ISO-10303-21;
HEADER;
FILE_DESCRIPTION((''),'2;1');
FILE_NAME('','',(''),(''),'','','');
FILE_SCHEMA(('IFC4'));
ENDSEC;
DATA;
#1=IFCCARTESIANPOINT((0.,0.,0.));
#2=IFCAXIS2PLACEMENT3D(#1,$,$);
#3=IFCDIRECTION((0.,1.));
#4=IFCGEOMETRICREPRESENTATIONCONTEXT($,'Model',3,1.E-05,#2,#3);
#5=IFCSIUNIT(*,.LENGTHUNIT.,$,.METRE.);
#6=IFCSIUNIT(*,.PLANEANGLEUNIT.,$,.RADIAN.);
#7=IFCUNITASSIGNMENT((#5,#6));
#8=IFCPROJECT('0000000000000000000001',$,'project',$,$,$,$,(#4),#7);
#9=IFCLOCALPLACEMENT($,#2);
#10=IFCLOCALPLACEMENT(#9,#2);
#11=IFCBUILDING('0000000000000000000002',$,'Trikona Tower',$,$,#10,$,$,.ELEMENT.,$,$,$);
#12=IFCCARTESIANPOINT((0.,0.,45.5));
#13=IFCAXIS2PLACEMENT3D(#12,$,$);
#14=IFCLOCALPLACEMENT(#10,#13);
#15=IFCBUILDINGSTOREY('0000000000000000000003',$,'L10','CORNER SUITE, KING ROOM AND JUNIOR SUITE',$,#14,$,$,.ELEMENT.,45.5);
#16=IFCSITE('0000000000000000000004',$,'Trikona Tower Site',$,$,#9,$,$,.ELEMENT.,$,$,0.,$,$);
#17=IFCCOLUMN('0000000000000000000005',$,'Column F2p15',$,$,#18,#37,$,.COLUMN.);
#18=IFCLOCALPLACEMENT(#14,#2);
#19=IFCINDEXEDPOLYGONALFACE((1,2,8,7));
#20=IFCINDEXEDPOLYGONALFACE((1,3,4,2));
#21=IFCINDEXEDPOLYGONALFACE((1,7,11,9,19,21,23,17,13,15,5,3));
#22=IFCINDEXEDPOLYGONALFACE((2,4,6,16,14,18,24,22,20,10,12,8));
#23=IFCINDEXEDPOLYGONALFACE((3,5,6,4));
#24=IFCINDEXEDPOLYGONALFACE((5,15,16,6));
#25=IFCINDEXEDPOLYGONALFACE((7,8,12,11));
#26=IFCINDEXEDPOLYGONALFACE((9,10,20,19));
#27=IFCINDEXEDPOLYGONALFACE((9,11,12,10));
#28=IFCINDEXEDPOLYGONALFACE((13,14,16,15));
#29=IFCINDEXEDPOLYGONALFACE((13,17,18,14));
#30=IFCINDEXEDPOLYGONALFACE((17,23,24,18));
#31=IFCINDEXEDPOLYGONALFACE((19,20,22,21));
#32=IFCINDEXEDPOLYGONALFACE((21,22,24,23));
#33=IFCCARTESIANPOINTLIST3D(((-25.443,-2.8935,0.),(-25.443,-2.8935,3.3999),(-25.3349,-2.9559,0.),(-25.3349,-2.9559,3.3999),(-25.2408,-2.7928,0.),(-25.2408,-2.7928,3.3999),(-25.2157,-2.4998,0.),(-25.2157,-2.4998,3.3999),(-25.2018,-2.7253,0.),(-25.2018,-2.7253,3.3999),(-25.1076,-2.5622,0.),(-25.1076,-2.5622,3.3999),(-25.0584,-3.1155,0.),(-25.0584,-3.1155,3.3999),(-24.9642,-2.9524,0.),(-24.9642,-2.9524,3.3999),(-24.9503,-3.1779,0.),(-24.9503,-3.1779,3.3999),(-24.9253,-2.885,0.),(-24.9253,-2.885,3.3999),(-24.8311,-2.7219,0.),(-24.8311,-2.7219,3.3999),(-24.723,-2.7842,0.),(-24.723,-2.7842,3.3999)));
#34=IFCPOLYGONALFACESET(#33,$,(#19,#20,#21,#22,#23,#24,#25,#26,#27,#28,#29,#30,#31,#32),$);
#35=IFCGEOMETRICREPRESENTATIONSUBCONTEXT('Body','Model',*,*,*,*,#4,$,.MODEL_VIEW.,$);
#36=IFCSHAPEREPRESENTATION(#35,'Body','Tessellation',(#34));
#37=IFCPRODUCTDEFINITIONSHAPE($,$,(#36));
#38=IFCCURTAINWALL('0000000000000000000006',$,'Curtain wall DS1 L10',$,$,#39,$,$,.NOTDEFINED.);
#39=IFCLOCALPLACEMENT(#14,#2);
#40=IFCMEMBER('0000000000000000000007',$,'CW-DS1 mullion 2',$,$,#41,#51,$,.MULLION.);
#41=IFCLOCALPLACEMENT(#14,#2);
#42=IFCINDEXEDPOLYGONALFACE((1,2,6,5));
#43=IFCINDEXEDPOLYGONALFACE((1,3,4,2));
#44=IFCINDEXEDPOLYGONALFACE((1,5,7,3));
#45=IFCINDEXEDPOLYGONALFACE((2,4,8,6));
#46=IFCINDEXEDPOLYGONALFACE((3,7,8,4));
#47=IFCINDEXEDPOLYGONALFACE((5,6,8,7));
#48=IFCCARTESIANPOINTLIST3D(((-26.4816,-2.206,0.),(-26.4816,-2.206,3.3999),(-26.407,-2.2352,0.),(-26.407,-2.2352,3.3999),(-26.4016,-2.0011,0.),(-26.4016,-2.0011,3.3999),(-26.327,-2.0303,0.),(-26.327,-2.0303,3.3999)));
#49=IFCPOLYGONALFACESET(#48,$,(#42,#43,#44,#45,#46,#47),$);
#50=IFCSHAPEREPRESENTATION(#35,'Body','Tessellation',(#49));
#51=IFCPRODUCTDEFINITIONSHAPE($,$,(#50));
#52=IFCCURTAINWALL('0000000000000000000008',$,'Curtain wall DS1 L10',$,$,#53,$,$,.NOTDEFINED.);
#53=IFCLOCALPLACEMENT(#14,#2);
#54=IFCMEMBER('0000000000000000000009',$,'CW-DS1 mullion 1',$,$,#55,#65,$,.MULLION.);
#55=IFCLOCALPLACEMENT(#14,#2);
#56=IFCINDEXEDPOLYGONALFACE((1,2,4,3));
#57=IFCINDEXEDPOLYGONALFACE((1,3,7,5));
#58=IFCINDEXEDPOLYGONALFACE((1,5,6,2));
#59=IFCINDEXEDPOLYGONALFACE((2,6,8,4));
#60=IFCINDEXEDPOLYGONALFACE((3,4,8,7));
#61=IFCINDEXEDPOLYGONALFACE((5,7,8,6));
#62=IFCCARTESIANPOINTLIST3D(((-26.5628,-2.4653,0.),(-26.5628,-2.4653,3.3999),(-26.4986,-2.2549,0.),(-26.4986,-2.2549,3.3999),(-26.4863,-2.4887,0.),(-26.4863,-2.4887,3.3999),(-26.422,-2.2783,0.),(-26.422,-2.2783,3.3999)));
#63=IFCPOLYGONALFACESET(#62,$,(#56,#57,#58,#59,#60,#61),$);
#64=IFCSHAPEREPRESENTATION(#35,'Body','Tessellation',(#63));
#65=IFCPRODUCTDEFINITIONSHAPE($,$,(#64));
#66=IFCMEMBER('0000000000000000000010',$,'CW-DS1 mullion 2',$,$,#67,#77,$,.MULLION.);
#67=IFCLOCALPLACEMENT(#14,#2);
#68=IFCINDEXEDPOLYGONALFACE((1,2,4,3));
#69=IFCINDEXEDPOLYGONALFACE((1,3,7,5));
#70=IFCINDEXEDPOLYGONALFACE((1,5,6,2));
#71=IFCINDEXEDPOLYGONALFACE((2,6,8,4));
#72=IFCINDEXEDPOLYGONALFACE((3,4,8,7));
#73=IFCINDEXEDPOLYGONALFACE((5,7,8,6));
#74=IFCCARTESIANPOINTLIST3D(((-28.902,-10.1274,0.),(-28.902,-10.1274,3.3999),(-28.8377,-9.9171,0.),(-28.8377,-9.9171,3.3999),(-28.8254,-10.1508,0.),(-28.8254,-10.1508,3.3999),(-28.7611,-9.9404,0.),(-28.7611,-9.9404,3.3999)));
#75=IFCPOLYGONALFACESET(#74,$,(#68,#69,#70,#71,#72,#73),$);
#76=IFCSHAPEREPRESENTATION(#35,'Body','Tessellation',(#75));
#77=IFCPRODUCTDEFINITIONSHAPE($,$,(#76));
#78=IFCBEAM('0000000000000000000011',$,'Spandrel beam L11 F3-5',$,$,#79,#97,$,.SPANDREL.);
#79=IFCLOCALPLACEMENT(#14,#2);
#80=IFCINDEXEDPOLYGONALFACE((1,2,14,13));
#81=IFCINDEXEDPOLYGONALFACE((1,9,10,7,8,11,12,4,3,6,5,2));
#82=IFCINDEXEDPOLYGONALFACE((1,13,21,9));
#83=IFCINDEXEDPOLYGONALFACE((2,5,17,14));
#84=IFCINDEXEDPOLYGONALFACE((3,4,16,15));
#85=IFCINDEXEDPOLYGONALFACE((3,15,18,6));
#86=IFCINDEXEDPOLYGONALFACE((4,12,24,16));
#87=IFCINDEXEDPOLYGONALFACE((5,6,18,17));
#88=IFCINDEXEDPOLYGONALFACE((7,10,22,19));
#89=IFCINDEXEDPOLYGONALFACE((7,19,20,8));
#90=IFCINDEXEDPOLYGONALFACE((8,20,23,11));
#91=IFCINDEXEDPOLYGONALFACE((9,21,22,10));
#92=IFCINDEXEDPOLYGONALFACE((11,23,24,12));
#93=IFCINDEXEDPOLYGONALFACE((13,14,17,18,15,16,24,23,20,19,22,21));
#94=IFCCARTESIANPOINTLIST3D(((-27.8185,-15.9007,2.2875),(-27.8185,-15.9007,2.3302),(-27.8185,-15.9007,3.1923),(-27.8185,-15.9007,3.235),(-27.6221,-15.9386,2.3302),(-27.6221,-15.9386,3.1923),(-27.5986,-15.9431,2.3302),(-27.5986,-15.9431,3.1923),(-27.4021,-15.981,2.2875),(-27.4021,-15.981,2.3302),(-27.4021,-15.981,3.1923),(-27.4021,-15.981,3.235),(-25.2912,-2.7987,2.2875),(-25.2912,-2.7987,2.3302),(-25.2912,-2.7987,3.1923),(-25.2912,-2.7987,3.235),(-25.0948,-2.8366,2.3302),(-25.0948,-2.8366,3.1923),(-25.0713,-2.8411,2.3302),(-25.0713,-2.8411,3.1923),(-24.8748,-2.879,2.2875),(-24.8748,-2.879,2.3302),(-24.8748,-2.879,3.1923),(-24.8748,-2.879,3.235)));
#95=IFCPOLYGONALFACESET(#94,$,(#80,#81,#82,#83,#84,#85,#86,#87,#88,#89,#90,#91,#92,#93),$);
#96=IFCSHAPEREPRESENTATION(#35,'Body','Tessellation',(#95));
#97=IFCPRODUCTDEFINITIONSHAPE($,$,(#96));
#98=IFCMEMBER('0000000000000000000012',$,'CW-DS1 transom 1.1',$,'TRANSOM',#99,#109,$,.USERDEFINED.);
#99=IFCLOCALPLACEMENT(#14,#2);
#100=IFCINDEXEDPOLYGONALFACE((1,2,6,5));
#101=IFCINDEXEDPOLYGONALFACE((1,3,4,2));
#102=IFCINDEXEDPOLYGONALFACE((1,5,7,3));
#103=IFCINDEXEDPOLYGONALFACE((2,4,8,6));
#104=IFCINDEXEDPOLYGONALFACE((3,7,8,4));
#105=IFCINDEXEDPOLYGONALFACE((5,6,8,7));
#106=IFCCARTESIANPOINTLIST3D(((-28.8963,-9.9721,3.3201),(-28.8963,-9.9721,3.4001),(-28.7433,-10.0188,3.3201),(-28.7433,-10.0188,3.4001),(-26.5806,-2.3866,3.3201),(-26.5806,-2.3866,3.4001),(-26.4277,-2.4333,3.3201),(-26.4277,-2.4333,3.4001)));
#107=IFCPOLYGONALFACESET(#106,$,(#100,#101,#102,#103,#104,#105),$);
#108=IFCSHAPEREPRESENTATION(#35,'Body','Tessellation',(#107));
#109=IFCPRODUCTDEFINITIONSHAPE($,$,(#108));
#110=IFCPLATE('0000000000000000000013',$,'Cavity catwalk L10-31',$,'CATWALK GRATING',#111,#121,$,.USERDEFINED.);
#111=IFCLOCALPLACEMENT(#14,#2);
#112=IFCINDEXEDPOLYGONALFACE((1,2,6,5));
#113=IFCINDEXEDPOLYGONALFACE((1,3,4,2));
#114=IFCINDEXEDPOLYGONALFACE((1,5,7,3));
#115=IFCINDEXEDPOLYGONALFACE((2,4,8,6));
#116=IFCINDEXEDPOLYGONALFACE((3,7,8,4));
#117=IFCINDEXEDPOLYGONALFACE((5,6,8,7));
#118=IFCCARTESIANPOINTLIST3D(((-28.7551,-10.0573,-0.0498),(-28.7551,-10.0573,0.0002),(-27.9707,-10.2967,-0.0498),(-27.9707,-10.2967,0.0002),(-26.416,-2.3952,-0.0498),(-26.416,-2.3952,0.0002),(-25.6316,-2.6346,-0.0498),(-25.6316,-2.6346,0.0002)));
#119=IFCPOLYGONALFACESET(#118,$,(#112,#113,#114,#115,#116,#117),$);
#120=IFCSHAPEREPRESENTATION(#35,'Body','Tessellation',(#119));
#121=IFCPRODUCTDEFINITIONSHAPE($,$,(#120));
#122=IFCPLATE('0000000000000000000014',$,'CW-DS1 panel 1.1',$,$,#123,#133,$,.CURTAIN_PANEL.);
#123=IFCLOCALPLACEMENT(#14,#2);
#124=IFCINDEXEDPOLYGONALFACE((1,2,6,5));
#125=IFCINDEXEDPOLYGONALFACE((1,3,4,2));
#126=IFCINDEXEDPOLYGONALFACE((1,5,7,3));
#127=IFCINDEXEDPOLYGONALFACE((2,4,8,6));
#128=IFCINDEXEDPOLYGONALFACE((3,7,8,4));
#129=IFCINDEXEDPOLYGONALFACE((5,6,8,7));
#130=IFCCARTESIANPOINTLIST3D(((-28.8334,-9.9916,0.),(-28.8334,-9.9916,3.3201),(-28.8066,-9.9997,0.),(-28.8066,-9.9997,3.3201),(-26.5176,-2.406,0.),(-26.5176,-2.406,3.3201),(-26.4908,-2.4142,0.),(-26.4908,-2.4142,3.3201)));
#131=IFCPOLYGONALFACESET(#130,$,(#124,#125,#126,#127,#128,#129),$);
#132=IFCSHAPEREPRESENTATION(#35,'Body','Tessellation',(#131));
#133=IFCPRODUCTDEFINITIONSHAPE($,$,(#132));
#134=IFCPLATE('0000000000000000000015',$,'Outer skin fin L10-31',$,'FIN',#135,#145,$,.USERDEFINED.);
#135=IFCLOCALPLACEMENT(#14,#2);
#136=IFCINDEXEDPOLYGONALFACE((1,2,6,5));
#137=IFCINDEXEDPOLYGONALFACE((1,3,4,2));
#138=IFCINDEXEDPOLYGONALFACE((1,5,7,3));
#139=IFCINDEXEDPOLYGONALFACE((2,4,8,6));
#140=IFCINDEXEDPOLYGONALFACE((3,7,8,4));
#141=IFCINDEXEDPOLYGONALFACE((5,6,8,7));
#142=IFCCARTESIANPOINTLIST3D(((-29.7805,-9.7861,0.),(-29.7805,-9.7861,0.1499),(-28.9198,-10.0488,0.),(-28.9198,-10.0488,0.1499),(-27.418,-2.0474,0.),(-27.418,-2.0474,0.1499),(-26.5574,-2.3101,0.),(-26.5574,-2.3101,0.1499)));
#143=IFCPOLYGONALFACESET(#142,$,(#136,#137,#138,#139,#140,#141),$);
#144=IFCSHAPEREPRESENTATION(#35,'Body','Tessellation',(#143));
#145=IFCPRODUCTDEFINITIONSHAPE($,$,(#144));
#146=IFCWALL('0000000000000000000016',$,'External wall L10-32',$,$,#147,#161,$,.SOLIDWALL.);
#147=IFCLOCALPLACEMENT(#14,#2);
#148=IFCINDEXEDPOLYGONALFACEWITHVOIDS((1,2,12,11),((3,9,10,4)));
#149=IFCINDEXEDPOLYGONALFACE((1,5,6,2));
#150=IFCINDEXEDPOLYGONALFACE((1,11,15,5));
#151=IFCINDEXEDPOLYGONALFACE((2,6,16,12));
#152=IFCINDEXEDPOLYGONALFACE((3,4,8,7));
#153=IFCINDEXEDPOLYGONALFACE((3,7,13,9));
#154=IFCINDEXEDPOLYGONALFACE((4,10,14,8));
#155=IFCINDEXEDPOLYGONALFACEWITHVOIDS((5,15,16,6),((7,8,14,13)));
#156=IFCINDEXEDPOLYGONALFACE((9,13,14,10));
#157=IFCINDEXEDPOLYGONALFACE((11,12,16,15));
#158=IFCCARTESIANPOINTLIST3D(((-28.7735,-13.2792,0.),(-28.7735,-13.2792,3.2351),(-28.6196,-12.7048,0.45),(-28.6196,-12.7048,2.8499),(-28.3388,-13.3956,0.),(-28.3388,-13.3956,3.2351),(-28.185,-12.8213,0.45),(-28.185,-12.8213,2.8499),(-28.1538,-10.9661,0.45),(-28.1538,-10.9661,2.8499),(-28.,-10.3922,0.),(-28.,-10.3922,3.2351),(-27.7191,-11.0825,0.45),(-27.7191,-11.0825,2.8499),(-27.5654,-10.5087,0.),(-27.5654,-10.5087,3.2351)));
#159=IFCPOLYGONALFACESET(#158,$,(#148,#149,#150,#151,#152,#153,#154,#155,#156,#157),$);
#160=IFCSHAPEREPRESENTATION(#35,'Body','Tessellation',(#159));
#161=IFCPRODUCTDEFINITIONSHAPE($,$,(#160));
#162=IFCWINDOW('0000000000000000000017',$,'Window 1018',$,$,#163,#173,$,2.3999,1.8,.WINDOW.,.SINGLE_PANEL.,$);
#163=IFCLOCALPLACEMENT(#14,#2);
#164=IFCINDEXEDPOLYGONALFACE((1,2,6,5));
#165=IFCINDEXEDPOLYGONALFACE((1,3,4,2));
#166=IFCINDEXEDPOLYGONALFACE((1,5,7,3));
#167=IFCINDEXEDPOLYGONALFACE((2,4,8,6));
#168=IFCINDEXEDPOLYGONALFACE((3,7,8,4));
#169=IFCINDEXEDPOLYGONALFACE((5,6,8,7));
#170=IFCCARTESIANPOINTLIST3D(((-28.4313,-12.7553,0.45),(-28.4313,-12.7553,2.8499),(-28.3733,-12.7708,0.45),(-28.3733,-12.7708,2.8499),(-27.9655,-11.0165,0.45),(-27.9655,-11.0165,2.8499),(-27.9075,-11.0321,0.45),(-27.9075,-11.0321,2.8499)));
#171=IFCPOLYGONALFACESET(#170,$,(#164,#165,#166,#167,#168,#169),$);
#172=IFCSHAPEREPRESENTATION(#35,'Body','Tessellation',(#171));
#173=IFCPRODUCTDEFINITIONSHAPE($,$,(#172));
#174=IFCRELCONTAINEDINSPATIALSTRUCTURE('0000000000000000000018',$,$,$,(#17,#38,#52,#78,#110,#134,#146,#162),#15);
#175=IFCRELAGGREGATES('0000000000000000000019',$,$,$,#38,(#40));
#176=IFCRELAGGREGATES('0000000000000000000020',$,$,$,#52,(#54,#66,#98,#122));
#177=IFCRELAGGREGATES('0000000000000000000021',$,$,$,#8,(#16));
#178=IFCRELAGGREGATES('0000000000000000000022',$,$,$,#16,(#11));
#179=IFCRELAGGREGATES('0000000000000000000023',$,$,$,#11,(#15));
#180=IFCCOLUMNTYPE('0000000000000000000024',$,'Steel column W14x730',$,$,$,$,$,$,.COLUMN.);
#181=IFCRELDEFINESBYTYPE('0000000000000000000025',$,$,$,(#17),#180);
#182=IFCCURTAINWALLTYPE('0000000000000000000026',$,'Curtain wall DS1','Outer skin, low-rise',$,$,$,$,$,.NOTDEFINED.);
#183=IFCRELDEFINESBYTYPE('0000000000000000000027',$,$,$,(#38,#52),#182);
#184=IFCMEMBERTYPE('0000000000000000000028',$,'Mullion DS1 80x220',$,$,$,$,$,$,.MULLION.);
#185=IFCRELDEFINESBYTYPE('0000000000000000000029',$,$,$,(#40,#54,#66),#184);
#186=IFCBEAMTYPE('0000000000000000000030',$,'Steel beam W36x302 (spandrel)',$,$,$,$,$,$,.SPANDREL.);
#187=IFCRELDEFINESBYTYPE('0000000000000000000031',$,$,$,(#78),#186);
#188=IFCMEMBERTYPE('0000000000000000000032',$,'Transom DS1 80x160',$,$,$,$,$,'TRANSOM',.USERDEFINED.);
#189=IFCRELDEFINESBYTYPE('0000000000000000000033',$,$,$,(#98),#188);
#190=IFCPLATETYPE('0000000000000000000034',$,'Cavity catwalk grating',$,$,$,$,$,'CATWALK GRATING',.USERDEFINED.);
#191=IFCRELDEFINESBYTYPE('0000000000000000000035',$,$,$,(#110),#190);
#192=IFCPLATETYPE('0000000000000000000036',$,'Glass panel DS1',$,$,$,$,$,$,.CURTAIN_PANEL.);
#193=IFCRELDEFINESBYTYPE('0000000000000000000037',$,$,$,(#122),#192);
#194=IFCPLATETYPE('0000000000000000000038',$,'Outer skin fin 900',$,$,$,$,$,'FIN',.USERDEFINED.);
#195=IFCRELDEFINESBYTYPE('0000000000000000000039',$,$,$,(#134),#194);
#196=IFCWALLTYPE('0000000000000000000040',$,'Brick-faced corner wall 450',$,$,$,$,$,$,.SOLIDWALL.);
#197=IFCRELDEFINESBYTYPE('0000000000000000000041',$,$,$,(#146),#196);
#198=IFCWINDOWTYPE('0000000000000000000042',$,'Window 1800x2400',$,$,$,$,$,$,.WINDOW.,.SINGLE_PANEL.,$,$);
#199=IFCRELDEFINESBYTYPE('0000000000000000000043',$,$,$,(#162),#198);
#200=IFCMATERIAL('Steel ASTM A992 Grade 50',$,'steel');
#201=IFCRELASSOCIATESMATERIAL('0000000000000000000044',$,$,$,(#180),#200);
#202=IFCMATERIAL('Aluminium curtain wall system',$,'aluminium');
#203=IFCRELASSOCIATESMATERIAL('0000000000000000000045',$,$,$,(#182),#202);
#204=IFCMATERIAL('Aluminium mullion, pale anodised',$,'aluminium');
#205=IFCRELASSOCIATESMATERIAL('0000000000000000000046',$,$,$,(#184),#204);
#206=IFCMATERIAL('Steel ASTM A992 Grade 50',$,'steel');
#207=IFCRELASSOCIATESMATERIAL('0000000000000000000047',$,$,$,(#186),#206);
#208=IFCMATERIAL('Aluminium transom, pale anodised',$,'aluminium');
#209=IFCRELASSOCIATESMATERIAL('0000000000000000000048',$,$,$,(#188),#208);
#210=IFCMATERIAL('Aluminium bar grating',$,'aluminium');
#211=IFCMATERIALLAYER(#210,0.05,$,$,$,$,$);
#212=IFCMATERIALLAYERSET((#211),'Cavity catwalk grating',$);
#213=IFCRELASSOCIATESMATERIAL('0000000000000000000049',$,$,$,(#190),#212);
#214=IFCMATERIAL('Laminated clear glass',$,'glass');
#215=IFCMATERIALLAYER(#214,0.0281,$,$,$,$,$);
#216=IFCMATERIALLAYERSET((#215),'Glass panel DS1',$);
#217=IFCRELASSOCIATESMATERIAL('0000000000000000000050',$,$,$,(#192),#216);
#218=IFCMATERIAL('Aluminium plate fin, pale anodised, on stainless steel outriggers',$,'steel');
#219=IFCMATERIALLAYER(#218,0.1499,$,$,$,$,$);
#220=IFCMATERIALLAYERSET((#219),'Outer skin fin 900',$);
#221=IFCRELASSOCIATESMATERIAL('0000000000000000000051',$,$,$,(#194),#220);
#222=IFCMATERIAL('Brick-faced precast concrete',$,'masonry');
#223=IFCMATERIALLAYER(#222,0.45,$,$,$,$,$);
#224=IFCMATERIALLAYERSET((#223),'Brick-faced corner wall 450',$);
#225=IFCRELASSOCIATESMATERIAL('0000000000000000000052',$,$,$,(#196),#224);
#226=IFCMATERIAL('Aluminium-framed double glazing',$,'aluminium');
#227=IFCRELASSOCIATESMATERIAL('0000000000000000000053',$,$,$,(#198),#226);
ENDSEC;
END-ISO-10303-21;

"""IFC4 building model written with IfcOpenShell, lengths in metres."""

from ifc_helpers import new_model, si_unit, direction, frame, frame_2d, origin, origin_2d, place, context, subcontext, project, spatial, rectangle, i_section, extrude, material, layer, layer_set, material_profile, profile_set, type_object, element, fill, aggregate, save


model = new_model("IFC4")

# Units and contexts
model_context = context("Model", 3, precision=1e-05, world=origin(), true_north=direction((0.0, 1.0)))
body_context = subcontext(model_context, "Body", "Model", "MODEL_VIEW")
ifc_project = project(units=[si_unit("LENGTHUNIT", "METRE"), si_unit("PLANEANGLEUNIT", "RADIAN")], contexts=[model_context])

# Site, building, storey
site_placement = place(None, origin())
site = spatial("IfcSite", under=ifc_project, at=site_placement, Name="Trikona Tower Site", CompositionType="ELEMENT", RefElevation=0.0)
building_placement = place(site_placement, origin())
building = spatial("IfcBuilding", under=site, at=building_placement, Name="Trikona Tower", CompositionType="ELEMENT")
storey_placement = place(building_placement, frame((0.0, 0.0, 45.5)))
storey = spatial("IfcBuildingStorey", under=building, at=storey_placement, Name="L10", Description="CORNER SUITE, KING ROOM AND JUNIOR SUITE", CompositionType="ELEMENT", Elevation=45.5)

# Column
ifc_material_1 = material(Name="Steel ASTM A992 Grade 50", Category="steel")
ifc_material_profile_1 = material_profile(ifc_material_1, i_section(OverallWidth=0.4546, OverallDepth=0.5688, WebThickness=0.0779, FlangeThickness=0.1248, at=origin_2d()), Name="W14X730")
ifc_profile_set_1 = profile_set([ifc_material_profile_1], Name="Steel ASTM A992 Grade 50")
column_type = type_object("IfcColumnType", Name="Steel column W14x730", PredefinedType="COLUMN", material=ifc_profile_set_1)
column_placement = place(storey_placement, frame((-25.083, -2.8389, 0.0), z_axis=(0.0, 0.0, 1.0), x_axis=(-0.5, -0.866025, 0.0)))
element("IfcColumn", 1, at=column_placement, inside=storey, type_object=column_type, Name="Column F2p15", PredefinedType="COLUMN", context=body_context, shape_type="SweptSolid", body=[
    extrude(i_section(OverallWidth=0.4546, OverallDepth=0.5688, WebThickness=0.0779, FlangeThickness=0.1248, at=origin_2d()), origin(), (0.0, 0.0, 1.0), 3.3999),
])

# Curtain wall, member
ifc_material_2 = material(Name="Aluminium curtain wall system", Category="aluminium")
curtain_wall_type = type_object("IfcCurtainWallType", Name="Curtain wall DS1", Description="Outer skin, low-rise", PredefinedType="NOTDEFINED", material=ifc_material_2)
curtain_wall_1_placement = place(storey_placement, origin())
curtain_wall_1 = element("IfcCurtainWall", 2, at=curtain_wall_1_placement, inside=storey, type_object=curtain_wall_type, Name="Curtain wall DS1 L10", PredefinedType="NOTDEFINED")
ifc_material_3 = material(Name="Aluminium mullion, pale anodised", Category="aluminium")
ifc_material_profile_2 = material_profile(ifc_material_3, rectangle(XDim=0.0801, YDim=0.22, at=origin_2d()), Name="MUL-DS1")
ifc_profile_set_2 = profile_set([ifc_material_profile_2], Name="Aluminium mullion, pale anodised")
member_type_1 = type_object("IfcMemberType", Name="Mullion DS1 80x220", PredefinedType="MULLION", material=ifc_profile_set_2)
member_1_placement = place(storey_placement, frame((-26.4043, -2.1182, 0.0), z_axis=(0.0, 0.0, 1.0), x_axis=(0.931396, -0.364008, 0.0)))
member_1 = element("IfcMember", 3, at=member_1_placement, type_object=member_type_1, Name="CW-DS1 mullion 2", PredefinedType="MULLION", context=body_context, shape_type="SweptSolid", body=[
    extrude(rectangle(XDim=0.0801, YDim=0.22, at=origin_2d()), origin(), (0.0, 0.0, 1.0), 3.3999),
])
aggregate(curtain_wall_1, [member_1])

# Curtain wall, members
curtain_wall_2_placement = place(storey_placement, origin())
curtain_wall_2 = element("IfcCurtainWall", 4, at=curtain_wall_2_placement, inside=storey, type_object=curtain_wall_type, Name="Curtain wall DS1 L10", PredefinedType="NOTDEFINED")
member_2_placement = place(storey_placement, frame((-26.4924, -2.3718, 0.0), z_axis=(0.0, 0.0, 1.0), x_axis=(0.956423, -0.291984, 0.0)))
member_2 = element("IfcMember", 5, at=member_2_placement, type_object=member_type_1, Name="CW-DS1 mullion 1", PredefinedType="MULLION", context=body_context, shape_type="SweptSolid", body=[
    extrude(rectangle(XDim=0.0801, YDim=0.22, at=origin_2d()), origin(), (0.0, 0.0, 1.0), 3.3999),
])
member_3_placement = place(storey_placement, frame((-28.8315, -10.0339, 0.0), z_axis=(0.0, 0.0, 1.0), x_axis=(0.956423, -0.291984, 0.0)))
member_3 = element("IfcMember", 6, at=member_3_placement, type_object=member_type_1, Name="CW-DS1 mullion 2", PredefinedType="MULLION", context=body_context, shape_type="SweptSolid", body=[
    extrude(rectangle(XDim=0.0801, YDim=0.22, at=origin_2d()), origin(), (0.0, 0.0, 1.0), 3.3999),
])

# Beam
ifc_material_4 = material(Name="Steel ASTM A992 Grade 50", Category="steel")
ifc_material_profile_3 = material_profile(ifc_material_4, i_section(OverallWidth=0.4241, OverallDepth=0.9475, WebThickness=0.0239, FlangeThickness=0.0427, at=origin_2d()), Name="W36X302")
ifc_profile_set_3 = profile_set([ifc_material_profile_3], Name="Steel ASTM A992 Grade 50")
beam_type = type_object("IfcBeamType", Name="Steel beam W36x302 (spandrel)", PredefinedType="SPANDREL", material=ifc_profile_set_3)
beam_placement = place(storey_placement, frame((-25.083, -2.8389, 2.7612), z_axis=(-0.189405, -0.981899, 0.0), x_axis=(0.981899, -0.189405, 0.0)))
element("IfcBeam", 7, at=beam_placement, inside=storey, type_object=beam_type, Name="Spandrel beam L11 F3-5", PredefinedType="SPANDREL", context=body_context, shape_type="SweptSolid", body=[
    extrude(i_section(OverallWidth=0.4241, OverallDepth=0.9475, WebThickness=0.0239, FlangeThickness=0.0427, at=origin_2d()), origin(), (0.0, 0.0, 1.0), 13.3435),
])

# Member
ifc_material_5 = material(Name="Aluminium transom, pale anodised", Category="aluminium")
ifc_material_profile_4 = material_profile(ifc_material_5, rectangle(XDim=0.1599, YDim=0.0801, at=origin_2d()), Name="TRN-DS1")
ifc_profile_set_4 = profile_set([ifc_material_profile_4], Name="Aluminium transom, pale anodised")
member_type_2 = type_object("IfcMemberType", Name="Transom DS1 80x160", ElementType="TRANSOM", PredefinedType="USERDEFINED", material=ifc_profile_set_4)
member_4_placement = place(storey_placement, frame((-26.5042, -2.4099, 3.3601), z_axis=(-0.291967, -0.956428, 0.0), x_axis=(0.956428, -0.291967, 0.0)))
member_4 = element("IfcMember", 8, at=member_4_placement, type_object=member_type_2, Name="CW-DS1 transom 1.1", ObjectType="TRANSOM", PredefinedType="USERDEFINED", context=body_context, shape_type="SweptSolid", body=[
    extrude(rectangle(XDim=0.1599, YDim=0.0801, at=origin_2d()), origin(), (0.0, 0.0, 1.0), 7.9312),
])

# Plates
ifc_material_6 = material(Name="Aluminium bar grating", Category="aluminium")
ifc_layer_1 = layer(ifc_material_6, 0.05)
ifc_layer_set_1 = layer_set([ifc_layer_1], Name="Cavity catwalk grating")
plate_type_1 = type_object("IfcPlateType", Name="Cavity catwalk grating", ElementType="CATWALK GRATING", PredefinedType="USERDEFINED", material=ifc_layer_set_1)
plate_1_placement = place(storey_placement, frame((-27.1934, -6.3459, -0.0498), z_axis=(0.0, 0.0, 1.0), x_axis=(-0.291979, -0.956425, 0.0)))
element("IfcPlate", 9, at=plate_1_placement, inside=storey, type_object=plate_type_1, Name="Cavity catwalk L10-31", ObjectType="CATWALK GRATING", PredefinedType="USERDEFINED", context=body_context, shape_type="SweptSolid", body=[
    extrude(rectangle(XDim=8.0112, YDim=0.8201, at=origin_2d()), origin(), (0.0, 0.0, 1.0), 0.05),
])
ifc_material_7 = material(Name="Laminated clear glass", Category="glass")
ifc_layer_2 = layer(ifc_material_7, 0.0281)
ifc_layer_set_2 = layer_set([ifc_layer_2], Name="Glass panel DS1")
plate_type_2 = type_object("IfcPlateType", Name="Glass panel DS1", PredefinedType="CURTAIN_PANEL", material=ifc_layer_set_2)
plate_2_placement = place(storey_placement, frame((-27.6621, -6.2029, 0.0), z_axis=(0.0, 0.0, 1.0), x_axis=(-0.291984, -0.956423, 0.0)))
plate_2 = element("IfcPlate", 10, at=plate_2_placement, type_object=plate_type_2, Name="CW-DS1 panel 1.1", PredefinedType="CURTAIN_PANEL", context=body_context, shape_type="SweptSolid", body=[
    extrude(rectangle(XDim=7.9312, YDim=0.0281, at=origin_2d()), origin(), (0.0, 0.0, 1.0), 3.3201),
])
aggregate(curtain_wall_2, [member_2, member_3, member_4, plate_2])
ifc_material_8 = material(Name="Aluminium plate fin, pale anodised, on stainless steel outriggers", Category="steel")
ifc_layer_3 = layer(ifc_material_8, 0.1499)
ifc_layer_set_3 = layer_set([ifc_layer_3], Name="Outer skin fin 900")
plate_type_3 = type_object("IfcPlateType", Name="Outer skin fin 900", ElementType="FIN", PredefinedType="USERDEFINED", material=ifc_layer_set_3)
plate_3_placement = place(storey_placement, frame((-28.1689, -6.0481, 0.0), z_axis=(0.0, 0.0, 1.0), x_axis=(-0.291979, -0.956425, 0.0)))
element("IfcPlate", 11, at=plate_3_placement, inside=storey, type_object=plate_type_3, Name="Outer skin fin L10-31", ObjectType="FIN", PredefinedType="USERDEFINED", context=body_context, shape_type="SweptSolid", body=[
    extrude(rectangle(XDim=8.0913, YDim=0.8999, at=origin_2d()), origin(), (0.0, 0.0, 1.0), 0.1499),
])

# Wall, opening, window
ifc_material_9 = material(Name="Brick-faced precast concrete", Category="masonry")
ifc_layer_4 = layer(ifc_material_9, 0.45)
ifc_layer_set_4 = layer_set([ifc_layer_4], Name="Brick-faced corner wall 450")
wall_type_1 = type_object("IfcWallType", Name="Brick-faced corner wall 450", PredefinedType="SOLIDWALL", material=ifc_layer_set_4)
wall_1_placement = place(storey_placement, frame((-27.7827, -10.4504, 0.0), z_axis=(0.0, 0.0, 1.0), x_axis=(-0.258781, -0.965936, 0.0)))
wall_1 = element("IfcWall", 12, at=wall_1_placement, inside=storey, type_object=wall_type_1, Name="External wall L10-32", PredefinedType="SOLIDWALL", context=body_context, shape_type="SweptSolid", body=[
    extrude(rectangle(XDim=2.9888, YDim=0.45, at=frame_2d((1.4944, 0.0))), origin(), (0.0, 0.0, 1.0), 3.2351),
])
opening_1_placement = place(wall_1_placement, frame((0.5942, 0.0, 0.45)))
opening_1 = element("IfcOpeningElement", 13, at=opening_1_placement, cuts=wall_1, PredefinedType="OPENING", context=body_context, shape_type="SweptSolid", body=[
    extrude(rectangle(XDim=1.8, YDim=2.3999, at=frame_2d((0.8999, 1.2))), frame((0.0, 0.2349, 0.0), z_axis=(0.0, -1.0, 0.0), x_axis=(1.0, 0.0, 0.0)), (0.0, 0.0, 1.0), 0.47),
])
ifc_material_10 = material(Name="Aluminium-framed double glazing", Category="aluminium")
window_type_1 = type_object("IfcWindowType", Name="Window 1800x2400", PartitioningType="SINGLE_PANEL", PredefinedType="WINDOW", material=ifc_material_10)
window_1_placement = place(opening_1_placement, origin())
window_1 = element("IfcWindow", 14, at=window_1_placement, inside=storey, type_object=window_type_1, Name="Window 1018", OverallHeight=2.3999, OverallWidth=1.8, PartitioningType="SINGLE_PANEL", PredefinedType="WINDOW", context=body_context, shape_type="SweptSolid", body=[
    extrude(rectangle(XDim=1.8, YDim=2.3999, at=frame_2d((0.8999, 1.2))), frame((0.0, 0.03, 0.0), z_axis=(0.0, -1.0, 0.0), x_axis=(1.0, 0.0, 0.0)), (0.0, 0.0, 1.0), 0.0601),
])
fill(opening_1, window_1)

save(model, "model.ifc")
